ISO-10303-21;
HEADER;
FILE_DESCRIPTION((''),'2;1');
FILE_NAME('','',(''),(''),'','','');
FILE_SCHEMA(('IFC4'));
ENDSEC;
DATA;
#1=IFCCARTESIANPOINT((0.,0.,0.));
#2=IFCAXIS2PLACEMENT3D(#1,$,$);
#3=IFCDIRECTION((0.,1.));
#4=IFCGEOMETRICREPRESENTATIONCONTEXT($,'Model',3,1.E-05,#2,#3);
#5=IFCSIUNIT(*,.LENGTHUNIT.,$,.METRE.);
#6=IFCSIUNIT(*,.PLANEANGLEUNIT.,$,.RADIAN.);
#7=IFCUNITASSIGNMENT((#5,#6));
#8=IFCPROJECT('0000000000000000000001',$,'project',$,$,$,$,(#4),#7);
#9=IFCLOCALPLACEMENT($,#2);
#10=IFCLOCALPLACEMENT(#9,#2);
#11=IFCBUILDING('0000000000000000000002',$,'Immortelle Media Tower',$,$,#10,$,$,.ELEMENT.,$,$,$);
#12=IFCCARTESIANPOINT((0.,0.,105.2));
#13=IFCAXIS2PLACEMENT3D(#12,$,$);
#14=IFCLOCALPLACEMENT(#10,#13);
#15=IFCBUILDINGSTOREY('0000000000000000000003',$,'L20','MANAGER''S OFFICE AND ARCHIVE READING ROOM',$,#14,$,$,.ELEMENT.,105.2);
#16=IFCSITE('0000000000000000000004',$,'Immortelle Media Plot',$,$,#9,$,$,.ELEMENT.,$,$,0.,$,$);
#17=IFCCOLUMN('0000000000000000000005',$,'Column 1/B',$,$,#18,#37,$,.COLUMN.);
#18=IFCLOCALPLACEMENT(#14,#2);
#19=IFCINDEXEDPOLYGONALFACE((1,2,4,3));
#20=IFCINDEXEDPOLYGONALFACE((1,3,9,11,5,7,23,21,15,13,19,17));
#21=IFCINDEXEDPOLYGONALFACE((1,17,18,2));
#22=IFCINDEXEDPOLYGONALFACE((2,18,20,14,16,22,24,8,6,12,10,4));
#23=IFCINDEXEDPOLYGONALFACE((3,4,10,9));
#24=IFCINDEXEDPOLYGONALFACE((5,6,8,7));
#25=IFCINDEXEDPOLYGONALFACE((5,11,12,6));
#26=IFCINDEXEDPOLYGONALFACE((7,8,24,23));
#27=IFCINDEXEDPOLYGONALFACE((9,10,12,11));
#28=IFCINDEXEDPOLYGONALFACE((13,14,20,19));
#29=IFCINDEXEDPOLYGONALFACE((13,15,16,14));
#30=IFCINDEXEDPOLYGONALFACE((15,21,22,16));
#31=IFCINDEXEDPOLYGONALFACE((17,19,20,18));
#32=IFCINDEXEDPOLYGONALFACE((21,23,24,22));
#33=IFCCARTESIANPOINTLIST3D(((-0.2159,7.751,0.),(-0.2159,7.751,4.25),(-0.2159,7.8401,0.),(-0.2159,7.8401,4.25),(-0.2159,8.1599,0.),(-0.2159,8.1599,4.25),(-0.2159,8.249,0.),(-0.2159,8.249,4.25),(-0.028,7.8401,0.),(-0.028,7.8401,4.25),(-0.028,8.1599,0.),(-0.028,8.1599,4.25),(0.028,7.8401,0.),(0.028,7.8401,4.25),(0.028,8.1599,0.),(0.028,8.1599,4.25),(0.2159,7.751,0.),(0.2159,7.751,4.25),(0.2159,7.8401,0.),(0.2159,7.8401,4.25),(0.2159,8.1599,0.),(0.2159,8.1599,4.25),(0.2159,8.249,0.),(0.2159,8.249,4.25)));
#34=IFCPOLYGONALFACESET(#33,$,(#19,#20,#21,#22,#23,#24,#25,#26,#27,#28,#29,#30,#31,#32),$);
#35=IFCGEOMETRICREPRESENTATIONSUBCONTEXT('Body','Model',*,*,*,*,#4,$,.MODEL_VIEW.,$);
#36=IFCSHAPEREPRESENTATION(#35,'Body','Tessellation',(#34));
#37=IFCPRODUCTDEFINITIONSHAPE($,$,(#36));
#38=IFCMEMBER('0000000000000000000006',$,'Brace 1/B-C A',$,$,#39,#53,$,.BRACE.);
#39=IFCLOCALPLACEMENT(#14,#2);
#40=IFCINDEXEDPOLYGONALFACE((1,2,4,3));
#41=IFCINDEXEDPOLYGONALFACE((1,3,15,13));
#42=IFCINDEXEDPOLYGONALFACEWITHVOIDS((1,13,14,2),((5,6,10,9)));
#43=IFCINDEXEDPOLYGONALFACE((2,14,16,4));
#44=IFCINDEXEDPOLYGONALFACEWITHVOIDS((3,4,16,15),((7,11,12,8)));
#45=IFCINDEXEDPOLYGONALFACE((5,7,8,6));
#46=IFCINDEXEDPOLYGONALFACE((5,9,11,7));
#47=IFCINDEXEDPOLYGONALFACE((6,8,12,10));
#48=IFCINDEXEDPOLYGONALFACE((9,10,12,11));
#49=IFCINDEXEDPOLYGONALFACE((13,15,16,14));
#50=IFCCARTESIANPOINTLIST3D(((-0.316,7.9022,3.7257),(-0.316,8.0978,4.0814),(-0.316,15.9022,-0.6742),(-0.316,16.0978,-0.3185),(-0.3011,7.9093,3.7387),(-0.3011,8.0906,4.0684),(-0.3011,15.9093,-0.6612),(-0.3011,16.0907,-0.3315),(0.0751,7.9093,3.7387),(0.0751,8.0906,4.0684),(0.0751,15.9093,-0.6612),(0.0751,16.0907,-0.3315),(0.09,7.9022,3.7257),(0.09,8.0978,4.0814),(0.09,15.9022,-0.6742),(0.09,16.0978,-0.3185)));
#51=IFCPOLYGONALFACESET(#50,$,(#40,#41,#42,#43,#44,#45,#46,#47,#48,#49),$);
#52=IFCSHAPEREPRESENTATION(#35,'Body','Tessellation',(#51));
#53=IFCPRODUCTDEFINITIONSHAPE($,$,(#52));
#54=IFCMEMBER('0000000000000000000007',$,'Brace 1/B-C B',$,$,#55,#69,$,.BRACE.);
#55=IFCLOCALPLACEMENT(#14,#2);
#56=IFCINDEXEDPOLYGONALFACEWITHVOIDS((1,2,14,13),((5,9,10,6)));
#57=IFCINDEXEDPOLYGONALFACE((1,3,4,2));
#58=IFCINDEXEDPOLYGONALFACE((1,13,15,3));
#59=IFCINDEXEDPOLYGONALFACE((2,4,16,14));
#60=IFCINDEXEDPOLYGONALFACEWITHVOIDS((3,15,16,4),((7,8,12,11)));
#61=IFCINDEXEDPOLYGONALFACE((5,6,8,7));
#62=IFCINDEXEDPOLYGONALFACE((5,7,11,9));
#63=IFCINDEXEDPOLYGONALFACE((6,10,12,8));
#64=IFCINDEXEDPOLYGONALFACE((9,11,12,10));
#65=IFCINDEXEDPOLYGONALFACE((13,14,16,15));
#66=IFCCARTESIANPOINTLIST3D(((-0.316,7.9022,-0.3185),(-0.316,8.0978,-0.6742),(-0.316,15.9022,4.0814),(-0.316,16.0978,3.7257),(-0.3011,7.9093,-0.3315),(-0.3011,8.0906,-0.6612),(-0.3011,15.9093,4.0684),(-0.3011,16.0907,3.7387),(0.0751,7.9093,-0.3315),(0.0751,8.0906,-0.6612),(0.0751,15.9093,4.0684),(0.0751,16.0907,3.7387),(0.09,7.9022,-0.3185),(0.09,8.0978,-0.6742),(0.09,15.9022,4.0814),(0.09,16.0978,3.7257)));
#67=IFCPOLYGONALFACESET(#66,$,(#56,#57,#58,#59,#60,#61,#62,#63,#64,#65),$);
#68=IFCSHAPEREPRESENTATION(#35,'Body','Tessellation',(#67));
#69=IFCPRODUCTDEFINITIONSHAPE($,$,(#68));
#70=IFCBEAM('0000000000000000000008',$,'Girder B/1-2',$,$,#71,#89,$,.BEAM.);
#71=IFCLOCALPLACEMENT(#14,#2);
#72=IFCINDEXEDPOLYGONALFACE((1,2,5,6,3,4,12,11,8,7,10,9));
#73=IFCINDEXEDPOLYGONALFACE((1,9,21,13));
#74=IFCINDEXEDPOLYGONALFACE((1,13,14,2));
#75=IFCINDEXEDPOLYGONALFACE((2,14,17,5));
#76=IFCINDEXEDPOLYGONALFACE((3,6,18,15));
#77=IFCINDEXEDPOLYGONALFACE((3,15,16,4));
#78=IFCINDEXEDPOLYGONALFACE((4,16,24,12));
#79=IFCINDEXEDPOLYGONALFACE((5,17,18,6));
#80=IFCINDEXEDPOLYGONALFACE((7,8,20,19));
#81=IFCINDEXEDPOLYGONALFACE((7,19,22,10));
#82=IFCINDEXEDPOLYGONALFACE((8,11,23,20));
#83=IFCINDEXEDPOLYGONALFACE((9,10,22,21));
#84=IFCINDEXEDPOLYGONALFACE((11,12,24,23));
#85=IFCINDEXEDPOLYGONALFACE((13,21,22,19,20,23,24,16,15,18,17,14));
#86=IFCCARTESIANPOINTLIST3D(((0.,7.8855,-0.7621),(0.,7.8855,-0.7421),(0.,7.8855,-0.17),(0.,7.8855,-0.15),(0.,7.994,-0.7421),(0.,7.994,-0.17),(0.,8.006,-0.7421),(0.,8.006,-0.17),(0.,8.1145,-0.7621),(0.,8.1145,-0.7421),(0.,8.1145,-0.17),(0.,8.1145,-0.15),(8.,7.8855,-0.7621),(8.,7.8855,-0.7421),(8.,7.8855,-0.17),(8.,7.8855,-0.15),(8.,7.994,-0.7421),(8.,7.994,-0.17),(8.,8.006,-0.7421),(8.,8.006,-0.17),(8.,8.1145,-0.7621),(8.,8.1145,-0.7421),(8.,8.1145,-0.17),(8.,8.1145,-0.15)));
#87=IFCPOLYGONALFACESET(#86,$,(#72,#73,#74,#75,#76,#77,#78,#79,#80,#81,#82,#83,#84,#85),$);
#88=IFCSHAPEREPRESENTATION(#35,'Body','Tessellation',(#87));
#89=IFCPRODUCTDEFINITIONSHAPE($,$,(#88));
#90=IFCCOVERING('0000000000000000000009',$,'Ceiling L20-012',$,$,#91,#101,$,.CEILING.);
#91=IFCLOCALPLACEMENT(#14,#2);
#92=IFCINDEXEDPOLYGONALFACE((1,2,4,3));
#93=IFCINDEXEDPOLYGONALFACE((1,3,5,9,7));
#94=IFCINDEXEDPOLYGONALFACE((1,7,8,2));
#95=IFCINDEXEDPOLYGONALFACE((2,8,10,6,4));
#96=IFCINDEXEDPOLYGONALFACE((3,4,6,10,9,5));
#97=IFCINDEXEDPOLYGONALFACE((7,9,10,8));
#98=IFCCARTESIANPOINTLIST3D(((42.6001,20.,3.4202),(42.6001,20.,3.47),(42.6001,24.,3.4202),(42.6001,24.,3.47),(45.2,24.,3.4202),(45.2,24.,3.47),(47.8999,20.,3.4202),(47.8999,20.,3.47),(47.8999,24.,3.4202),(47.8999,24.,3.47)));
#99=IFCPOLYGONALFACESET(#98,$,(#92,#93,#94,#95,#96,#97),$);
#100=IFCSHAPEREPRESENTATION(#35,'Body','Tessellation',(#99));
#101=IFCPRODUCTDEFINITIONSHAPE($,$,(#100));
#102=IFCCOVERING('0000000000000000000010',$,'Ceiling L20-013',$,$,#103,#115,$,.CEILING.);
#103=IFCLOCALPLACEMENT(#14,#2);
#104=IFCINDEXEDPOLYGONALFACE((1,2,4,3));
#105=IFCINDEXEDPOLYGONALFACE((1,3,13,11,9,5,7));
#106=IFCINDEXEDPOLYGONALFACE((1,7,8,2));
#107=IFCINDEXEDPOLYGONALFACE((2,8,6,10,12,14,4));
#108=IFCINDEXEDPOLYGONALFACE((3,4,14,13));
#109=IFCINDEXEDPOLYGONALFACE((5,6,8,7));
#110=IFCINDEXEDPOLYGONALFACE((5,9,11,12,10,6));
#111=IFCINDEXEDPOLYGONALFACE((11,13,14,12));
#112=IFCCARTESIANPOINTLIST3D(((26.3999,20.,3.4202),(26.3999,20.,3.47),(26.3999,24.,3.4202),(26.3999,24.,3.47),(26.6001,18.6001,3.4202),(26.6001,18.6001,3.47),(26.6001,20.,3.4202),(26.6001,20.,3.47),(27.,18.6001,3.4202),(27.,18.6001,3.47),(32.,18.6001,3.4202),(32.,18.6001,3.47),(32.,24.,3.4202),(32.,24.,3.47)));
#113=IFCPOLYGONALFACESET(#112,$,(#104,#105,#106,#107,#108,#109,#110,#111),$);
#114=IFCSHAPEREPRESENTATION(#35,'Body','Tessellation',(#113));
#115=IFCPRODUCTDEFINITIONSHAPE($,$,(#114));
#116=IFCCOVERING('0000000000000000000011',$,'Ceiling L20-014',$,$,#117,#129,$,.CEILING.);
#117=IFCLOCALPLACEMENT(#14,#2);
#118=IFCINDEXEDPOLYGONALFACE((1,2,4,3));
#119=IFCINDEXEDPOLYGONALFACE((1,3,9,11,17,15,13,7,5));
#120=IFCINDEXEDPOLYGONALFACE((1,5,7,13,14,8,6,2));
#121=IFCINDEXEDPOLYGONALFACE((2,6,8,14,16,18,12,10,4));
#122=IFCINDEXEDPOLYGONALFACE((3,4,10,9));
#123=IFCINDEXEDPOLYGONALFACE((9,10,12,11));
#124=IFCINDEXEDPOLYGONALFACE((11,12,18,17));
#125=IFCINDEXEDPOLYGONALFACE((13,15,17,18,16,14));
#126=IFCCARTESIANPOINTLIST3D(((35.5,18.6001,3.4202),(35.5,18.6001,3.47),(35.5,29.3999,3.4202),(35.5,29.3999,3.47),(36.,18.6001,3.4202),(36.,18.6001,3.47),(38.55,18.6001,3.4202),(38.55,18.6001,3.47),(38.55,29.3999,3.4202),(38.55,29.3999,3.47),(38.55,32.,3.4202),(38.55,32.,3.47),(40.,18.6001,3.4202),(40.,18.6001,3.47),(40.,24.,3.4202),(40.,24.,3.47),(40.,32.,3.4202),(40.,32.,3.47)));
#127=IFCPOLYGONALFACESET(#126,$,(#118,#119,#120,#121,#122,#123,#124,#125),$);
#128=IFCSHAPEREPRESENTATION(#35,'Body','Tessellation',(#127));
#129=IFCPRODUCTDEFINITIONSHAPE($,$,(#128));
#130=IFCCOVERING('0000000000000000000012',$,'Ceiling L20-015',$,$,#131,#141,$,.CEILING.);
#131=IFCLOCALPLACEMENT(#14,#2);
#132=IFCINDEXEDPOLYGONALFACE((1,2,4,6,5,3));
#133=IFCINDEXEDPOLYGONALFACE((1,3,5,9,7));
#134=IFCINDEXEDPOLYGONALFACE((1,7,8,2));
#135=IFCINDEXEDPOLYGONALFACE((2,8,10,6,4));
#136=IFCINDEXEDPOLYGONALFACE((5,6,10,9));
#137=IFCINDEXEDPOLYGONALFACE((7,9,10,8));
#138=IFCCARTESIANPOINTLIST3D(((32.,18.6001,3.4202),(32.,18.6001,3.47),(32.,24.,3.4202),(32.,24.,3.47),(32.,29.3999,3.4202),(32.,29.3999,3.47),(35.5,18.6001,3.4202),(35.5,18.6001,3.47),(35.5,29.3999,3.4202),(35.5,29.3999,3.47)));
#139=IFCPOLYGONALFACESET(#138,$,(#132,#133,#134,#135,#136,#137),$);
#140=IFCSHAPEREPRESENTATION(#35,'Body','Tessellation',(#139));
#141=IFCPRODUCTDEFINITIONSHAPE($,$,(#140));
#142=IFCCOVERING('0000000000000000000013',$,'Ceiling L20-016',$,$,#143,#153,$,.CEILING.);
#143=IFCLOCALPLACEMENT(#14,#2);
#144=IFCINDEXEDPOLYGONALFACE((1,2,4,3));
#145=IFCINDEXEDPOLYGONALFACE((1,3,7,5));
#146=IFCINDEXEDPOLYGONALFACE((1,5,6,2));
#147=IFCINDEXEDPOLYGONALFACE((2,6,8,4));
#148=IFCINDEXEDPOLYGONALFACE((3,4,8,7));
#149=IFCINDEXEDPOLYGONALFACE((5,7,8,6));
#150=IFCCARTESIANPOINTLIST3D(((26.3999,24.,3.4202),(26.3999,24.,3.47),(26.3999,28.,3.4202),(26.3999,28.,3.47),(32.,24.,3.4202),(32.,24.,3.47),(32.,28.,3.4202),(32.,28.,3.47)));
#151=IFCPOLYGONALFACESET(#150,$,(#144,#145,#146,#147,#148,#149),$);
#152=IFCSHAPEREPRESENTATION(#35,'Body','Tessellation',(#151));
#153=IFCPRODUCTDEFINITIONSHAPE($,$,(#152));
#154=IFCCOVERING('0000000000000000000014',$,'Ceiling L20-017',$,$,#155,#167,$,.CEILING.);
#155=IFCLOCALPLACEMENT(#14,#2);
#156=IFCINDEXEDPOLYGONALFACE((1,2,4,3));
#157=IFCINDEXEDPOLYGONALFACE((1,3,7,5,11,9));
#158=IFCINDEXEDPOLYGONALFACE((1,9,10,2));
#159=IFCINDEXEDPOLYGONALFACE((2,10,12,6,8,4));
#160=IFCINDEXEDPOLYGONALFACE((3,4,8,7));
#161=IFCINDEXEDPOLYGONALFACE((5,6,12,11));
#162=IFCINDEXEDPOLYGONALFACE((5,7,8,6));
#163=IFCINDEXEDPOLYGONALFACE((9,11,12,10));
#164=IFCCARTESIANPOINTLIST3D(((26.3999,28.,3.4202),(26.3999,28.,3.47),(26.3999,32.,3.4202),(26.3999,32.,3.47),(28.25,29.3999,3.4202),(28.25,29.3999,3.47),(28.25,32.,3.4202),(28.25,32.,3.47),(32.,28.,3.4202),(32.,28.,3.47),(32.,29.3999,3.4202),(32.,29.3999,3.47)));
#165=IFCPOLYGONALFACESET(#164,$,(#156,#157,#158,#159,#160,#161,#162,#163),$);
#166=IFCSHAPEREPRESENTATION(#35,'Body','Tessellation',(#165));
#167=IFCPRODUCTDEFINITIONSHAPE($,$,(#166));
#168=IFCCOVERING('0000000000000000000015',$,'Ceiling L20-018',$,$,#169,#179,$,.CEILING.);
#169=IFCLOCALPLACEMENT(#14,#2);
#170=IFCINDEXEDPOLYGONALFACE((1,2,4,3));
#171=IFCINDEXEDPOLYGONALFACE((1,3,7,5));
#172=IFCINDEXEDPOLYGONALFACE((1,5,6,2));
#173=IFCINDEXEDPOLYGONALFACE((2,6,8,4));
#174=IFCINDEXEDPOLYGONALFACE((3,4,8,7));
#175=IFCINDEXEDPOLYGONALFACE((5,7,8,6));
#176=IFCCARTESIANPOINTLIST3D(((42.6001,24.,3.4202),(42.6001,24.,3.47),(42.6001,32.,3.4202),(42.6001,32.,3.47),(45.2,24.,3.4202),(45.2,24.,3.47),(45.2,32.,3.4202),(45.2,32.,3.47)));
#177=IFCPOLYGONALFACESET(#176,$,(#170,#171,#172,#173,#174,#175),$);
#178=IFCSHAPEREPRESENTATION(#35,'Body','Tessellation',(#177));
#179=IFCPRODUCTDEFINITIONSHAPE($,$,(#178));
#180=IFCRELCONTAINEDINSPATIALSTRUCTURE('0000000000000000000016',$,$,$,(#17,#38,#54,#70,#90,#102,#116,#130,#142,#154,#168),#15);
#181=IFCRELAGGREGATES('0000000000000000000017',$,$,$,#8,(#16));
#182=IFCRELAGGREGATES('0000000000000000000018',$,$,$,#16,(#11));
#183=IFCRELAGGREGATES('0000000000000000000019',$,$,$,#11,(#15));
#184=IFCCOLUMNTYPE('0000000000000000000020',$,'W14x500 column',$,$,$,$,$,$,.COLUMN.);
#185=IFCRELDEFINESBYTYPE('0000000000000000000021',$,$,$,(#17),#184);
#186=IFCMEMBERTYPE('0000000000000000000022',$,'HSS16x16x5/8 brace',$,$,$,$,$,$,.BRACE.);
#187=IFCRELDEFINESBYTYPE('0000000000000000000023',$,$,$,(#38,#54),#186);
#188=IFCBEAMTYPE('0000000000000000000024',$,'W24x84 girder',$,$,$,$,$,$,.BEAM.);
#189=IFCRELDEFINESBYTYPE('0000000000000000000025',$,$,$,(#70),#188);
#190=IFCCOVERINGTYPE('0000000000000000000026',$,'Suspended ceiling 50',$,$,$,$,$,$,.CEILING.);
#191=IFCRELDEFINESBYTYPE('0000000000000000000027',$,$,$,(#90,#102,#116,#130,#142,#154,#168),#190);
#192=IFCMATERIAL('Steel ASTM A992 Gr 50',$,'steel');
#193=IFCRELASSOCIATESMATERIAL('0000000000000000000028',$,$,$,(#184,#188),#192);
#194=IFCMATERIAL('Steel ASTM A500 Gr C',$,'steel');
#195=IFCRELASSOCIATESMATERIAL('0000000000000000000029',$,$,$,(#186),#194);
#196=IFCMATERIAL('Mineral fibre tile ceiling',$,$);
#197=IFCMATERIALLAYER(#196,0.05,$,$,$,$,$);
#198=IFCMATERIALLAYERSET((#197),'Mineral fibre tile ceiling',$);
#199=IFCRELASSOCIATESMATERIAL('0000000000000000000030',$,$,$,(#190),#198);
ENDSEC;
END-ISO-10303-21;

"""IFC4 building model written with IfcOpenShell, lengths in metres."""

from ifc_helpers import new_model, si_unit, direction, frame, origin, origin_2d, place, context, subcontext, project, spatial, polyline, hollow_rectangle, i_section, outline, extrude, material, layer, layer_set, material_profile, profile_set, type_object, element, save


model = new_model("IFC4")

# Units and contexts
model_context = context("Model", 3, precision=1e-05, world=origin(), true_north=direction((0.0, 1.0)))
body_context = subcontext(model_context, "Body", "Model", "MODEL_VIEW")
ifc_project = project(units=[si_unit("LENGTHUNIT", "METRE"), si_unit("PLANEANGLEUNIT", "RADIAN")], contexts=[model_context])

# Site, building, storey
site_placement = place(None, origin())
site = spatial("IfcSite", under=ifc_project, at=site_placement, Name="Immortelle Media Plot", CompositionType="ELEMENT", RefElevation=0.0)
building_placement = place(site_placement, origin())
building = spatial("IfcBuilding", under=site, at=building_placement, Name="Immortelle Media Tower", CompositionType="ELEMENT")
storey_placement = place(building_placement, frame((0.0, 0.0, 105.2)))
storey = spatial("IfcBuildingStorey", under=building, at=storey_placement, Name="L20", Description="MANAGER'S OFFICE AND ARCHIVE READING ROOM", CompositionType="ELEMENT", Elevation=105.2)

# Column
ifc_material_1 = material(Name="Steel ASTM A992 Gr 50", Category="steel")
ifc_material_profile_1 = material_profile(ifc_material_1, i_section(OverallWidth=0.4319, OverallDepth=0.498, WebThickness=0.0559, FlangeThickness=0.0891, at=origin_2d()), Name="W14x500")
ifc_profile_set_1 = profile_set([ifc_material_profile_1], Name="Steel ASTM A992 Gr 50")
column_type = type_object("IfcColumnType", Name="W14x500 column", PredefinedType="COLUMN", material=ifc_profile_set_1)
column_placement = place(storey_placement, frame((0.0, 8.0, 0.0), z_axis=(0.0, 0.0, 1.0), x_axis=(1.0, 0.0, 0.0)))
element("IfcColumn", 1, at=column_placement, inside=storey, type_object=column_type, Name="Column 1/B", PredefinedType="COLUMN", context=body_context, shape_type="SweptSolid", body=[
    extrude(i_section(OverallWidth=0.4319, OverallDepth=0.498, WebThickness=0.0559, FlangeThickness=0.0891, at=origin_2d()), origin(), (0.0, 0.0, 1.0), 4.25),
])

# Members
ifc_material_2 = material(Name="Steel ASTM A500 Gr C", Category="steel")
ifc_material_profile_2 = material_profile(ifc_material_2, hollow_rectangle(XDim=0.406, YDim=0.406, WallThickness=0.0149, at=origin_2d()), Name="HSS16x16x5/8 brace")
ifc_profile_set_2 = profile_set([ifc_material_profile_2], Name="Steel ASTM A500 Gr C")
member_type = type_object("IfcMemberType", Name="HSS16x16x5/8 brace", PredefinedType="BRACE", material=ifc_profile_set_2)
for number, where, z_axis, x_axis, name in (
    (2, (-0.113, 16.0, -0.4963), (0.0, -0.87622, 0.481911), (1.0, 0.0, 0.0), "Brace 1/B-C A"),
    (3, (-0.113, 16.0, 3.9036), (0.0, -0.87622, -0.481911), (1.0, 0.0, 0.0), "Brace 1/B-C B"),
):
    element("IfcMember", number, at=place(storey_placement, frame(where, z_axis=z_axis, x_axis=x_axis)), inside=storey, type_object=member_type, Name=name, PredefinedType="BRACE", context=body_context, shape_type="SweptSolid", body=[
        extrude(hollow_rectangle(XDim=0.406, YDim=0.406, WallThickness=0.0149, at=origin_2d()), origin(), (0.0, 0.0, 1.0), 9.1301),
    ])

# Beam
ifc_material_profile_3 = material_profile(ifc_material_1, i_section(OverallWidth=0.229, OverallDepth=0.6121, WebThickness=0.012, FlangeThickness=0.02, at=origin_2d()), Name="W24x84")
ifc_profile_set_3 = profile_set([ifc_material_profile_3], Name="Steel ASTM A992 Gr 50")
beam_type = type_object("IfcBeamType", Name="W24x84 girder", PredefinedType="BEAM", material=ifc_profile_set_3)
beam_placement = place(storey_placement, frame((0.0, 8.0, -0.4561), z_axis=(1.0, 0.0, 0.0), x_axis=(0.0, 1.0, 0.0)))
element("IfcBeam", 4, at=beam_placement, inside=storey, type_object=beam_type, Name="Girder B/1-2", PredefinedType="BEAM", context=body_context, shape_type="SweptSolid", body=[
    extrude(i_section(OverallWidth=0.229, OverallDepth=0.6121, WebThickness=0.012, FlangeThickness=0.02, at=origin_2d()), origin(), (0.0, 0.0, 1.0), 8.0),
])

# Coverings
ifc_material_3 = material(Name="Mineral fibre tile ceiling")
ifc_layer = layer(ifc_material_3, 0.05)
ifc_layer_set = layer_set([ifc_layer], Name="Mineral fibre tile ceiling")
covering_type = type_object("IfcCoveringType", Name="Suspended ceiling 50", PredefinedType="CEILING", material=ifc_layer_set)
covering_1_placement = place(storey_placement, frame((0.0, 0.0, 3.4202)))
element("IfcCovering", 5, at=covering_1_placement, inside=storey, type_object=covering_type, Name="Ceiling L20-012", PredefinedType="CEILING", context=body_context, shape_type="SweptSolid", body=[
    extrude(outline(polyline([(42.6001, 24.0), (45.2, 24.0), (47.8999, 24.0), (47.8999, 20.0), (42.6001, 20.0), (42.6001, 24.0)])), origin(), (0.0, 0.0, 1.0), 0.0498),
])
covering_2_placement = place(storey_placement, frame((0.0, 0.0, 3.4202)))
element("IfcCovering", 6, at=covering_2_placement, inside=storey, type_object=covering_type, Name="Ceiling L20-013", PredefinedType="CEILING", context=body_context, shape_type="SweptSolid", body=[
    extrude(outline(polyline([(32.0, 18.6001), (27.0, 18.6001), (26.6001, 18.6001), (26.6001, 20.0), (26.3999, 20.0), (26.3999, 24.0), (32.0, 24.0), (32.0, 18.6001)])), origin(), (0.0, 0.0, 1.0), 0.0498),
])
covering_3_placement = place(storey_placement, frame((0.0, 0.0, 3.4202)))
element("IfcCovering", 7, at=covering_3_placement, inside=storey, type_object=covering_type, Name="Ceiling L20-014", PredefinedType="CEILING", context=body_context, shape_type="SweptSolid", body=[
    extrude(outline(polyline([(35.5, 18.6001), (35.5, 29.3999), (38.55, 29.3999), (38.55, 32.0), (40.0, 32.0), (40.0, 24.0), (40.0, 18.6001), (38.55, 18.6001), (36.0, 18.6001), (35.5, 18.6001)])), origin(), (0.0, 0.0, 1.0), 0.0498),
])
covering_4_placement = place(storey_placement, frame((0.0, 0.0, 3.4202)))
element("IfcCovering", 8, at=covering_4_placement, inside=storey, type_object=covering_type, Name="Ceiling L20-015", PredefinedType="CEILING", context=body_context, shape_type="SweptSolid", body=[
    extrude(outline(polyline([(32.0, 18.6001), (32.0, 24.0), (32.0, 29.3999), (35.5, 29.3999), (35.5, 18.6001), (32.0, 18.6001)])), origin(), (0.0, 0.0, 1.0), 0.0498),
])
covering_5_placement = place(storey_placement, frame((0.0, 0.0, 3.4202)))
element("IfcCovering", 9, at=covering_5_placement, inside=storey, type_object=covering_type, Name="Ceiling L20-016", PredefinedType="CEILING", context=body_context, shape_type="SweptSolid", body=[
    extrude(outline(polyline([(26.3999, 28.0), (32.0, 28.0), (32.0, 24.0), (26.3999, 24.0), (26.3999, 28.0)])), origin(), (0.0, 0.0, 1.0), 0.0498),
])
covering_6_placement = place(storey_placement, frame((0.0, 0.0, 3.4202)))
element("IfcCovering", 10, at=covering_6_placement, inside=storey, type_object=covering_type, Name="Ceiling L20-017", PredefinedType="CEILING", context=body_context, shape_type="SweptSolid", body=[
    extrude(outline(polyline([(26.3999, 32.0), (28.25, 32.0), (28.25, 29.3999), (32.0, 29.3999), (32.0, 28.0), (26.3999, 28.0), (26.3999, 32.0)])), origin(), (0.0, 0.0, 1.0), 0.0498),
])
covering_7_placement = place(storey_placement, frame((0.0, 0.0, 3.4202)))
element("IfcCovering", 11, at=covering_7_placement, inside=storey, type_object=covering_type, Name="Ceiling L20-018", PredefinedType="CEILING", context=body_context, shape_type="SweptSolid", body=[
    extrude(outline(polyline([(45.2, 24.0), (42.6001, 24.0), (42.6001, 32.0), (45.2, 32.0), (45.2, 24.0)])), origin(), (0.0, 0.0, 1.0), 0.0498),
])

save(model, "model.ifc")
